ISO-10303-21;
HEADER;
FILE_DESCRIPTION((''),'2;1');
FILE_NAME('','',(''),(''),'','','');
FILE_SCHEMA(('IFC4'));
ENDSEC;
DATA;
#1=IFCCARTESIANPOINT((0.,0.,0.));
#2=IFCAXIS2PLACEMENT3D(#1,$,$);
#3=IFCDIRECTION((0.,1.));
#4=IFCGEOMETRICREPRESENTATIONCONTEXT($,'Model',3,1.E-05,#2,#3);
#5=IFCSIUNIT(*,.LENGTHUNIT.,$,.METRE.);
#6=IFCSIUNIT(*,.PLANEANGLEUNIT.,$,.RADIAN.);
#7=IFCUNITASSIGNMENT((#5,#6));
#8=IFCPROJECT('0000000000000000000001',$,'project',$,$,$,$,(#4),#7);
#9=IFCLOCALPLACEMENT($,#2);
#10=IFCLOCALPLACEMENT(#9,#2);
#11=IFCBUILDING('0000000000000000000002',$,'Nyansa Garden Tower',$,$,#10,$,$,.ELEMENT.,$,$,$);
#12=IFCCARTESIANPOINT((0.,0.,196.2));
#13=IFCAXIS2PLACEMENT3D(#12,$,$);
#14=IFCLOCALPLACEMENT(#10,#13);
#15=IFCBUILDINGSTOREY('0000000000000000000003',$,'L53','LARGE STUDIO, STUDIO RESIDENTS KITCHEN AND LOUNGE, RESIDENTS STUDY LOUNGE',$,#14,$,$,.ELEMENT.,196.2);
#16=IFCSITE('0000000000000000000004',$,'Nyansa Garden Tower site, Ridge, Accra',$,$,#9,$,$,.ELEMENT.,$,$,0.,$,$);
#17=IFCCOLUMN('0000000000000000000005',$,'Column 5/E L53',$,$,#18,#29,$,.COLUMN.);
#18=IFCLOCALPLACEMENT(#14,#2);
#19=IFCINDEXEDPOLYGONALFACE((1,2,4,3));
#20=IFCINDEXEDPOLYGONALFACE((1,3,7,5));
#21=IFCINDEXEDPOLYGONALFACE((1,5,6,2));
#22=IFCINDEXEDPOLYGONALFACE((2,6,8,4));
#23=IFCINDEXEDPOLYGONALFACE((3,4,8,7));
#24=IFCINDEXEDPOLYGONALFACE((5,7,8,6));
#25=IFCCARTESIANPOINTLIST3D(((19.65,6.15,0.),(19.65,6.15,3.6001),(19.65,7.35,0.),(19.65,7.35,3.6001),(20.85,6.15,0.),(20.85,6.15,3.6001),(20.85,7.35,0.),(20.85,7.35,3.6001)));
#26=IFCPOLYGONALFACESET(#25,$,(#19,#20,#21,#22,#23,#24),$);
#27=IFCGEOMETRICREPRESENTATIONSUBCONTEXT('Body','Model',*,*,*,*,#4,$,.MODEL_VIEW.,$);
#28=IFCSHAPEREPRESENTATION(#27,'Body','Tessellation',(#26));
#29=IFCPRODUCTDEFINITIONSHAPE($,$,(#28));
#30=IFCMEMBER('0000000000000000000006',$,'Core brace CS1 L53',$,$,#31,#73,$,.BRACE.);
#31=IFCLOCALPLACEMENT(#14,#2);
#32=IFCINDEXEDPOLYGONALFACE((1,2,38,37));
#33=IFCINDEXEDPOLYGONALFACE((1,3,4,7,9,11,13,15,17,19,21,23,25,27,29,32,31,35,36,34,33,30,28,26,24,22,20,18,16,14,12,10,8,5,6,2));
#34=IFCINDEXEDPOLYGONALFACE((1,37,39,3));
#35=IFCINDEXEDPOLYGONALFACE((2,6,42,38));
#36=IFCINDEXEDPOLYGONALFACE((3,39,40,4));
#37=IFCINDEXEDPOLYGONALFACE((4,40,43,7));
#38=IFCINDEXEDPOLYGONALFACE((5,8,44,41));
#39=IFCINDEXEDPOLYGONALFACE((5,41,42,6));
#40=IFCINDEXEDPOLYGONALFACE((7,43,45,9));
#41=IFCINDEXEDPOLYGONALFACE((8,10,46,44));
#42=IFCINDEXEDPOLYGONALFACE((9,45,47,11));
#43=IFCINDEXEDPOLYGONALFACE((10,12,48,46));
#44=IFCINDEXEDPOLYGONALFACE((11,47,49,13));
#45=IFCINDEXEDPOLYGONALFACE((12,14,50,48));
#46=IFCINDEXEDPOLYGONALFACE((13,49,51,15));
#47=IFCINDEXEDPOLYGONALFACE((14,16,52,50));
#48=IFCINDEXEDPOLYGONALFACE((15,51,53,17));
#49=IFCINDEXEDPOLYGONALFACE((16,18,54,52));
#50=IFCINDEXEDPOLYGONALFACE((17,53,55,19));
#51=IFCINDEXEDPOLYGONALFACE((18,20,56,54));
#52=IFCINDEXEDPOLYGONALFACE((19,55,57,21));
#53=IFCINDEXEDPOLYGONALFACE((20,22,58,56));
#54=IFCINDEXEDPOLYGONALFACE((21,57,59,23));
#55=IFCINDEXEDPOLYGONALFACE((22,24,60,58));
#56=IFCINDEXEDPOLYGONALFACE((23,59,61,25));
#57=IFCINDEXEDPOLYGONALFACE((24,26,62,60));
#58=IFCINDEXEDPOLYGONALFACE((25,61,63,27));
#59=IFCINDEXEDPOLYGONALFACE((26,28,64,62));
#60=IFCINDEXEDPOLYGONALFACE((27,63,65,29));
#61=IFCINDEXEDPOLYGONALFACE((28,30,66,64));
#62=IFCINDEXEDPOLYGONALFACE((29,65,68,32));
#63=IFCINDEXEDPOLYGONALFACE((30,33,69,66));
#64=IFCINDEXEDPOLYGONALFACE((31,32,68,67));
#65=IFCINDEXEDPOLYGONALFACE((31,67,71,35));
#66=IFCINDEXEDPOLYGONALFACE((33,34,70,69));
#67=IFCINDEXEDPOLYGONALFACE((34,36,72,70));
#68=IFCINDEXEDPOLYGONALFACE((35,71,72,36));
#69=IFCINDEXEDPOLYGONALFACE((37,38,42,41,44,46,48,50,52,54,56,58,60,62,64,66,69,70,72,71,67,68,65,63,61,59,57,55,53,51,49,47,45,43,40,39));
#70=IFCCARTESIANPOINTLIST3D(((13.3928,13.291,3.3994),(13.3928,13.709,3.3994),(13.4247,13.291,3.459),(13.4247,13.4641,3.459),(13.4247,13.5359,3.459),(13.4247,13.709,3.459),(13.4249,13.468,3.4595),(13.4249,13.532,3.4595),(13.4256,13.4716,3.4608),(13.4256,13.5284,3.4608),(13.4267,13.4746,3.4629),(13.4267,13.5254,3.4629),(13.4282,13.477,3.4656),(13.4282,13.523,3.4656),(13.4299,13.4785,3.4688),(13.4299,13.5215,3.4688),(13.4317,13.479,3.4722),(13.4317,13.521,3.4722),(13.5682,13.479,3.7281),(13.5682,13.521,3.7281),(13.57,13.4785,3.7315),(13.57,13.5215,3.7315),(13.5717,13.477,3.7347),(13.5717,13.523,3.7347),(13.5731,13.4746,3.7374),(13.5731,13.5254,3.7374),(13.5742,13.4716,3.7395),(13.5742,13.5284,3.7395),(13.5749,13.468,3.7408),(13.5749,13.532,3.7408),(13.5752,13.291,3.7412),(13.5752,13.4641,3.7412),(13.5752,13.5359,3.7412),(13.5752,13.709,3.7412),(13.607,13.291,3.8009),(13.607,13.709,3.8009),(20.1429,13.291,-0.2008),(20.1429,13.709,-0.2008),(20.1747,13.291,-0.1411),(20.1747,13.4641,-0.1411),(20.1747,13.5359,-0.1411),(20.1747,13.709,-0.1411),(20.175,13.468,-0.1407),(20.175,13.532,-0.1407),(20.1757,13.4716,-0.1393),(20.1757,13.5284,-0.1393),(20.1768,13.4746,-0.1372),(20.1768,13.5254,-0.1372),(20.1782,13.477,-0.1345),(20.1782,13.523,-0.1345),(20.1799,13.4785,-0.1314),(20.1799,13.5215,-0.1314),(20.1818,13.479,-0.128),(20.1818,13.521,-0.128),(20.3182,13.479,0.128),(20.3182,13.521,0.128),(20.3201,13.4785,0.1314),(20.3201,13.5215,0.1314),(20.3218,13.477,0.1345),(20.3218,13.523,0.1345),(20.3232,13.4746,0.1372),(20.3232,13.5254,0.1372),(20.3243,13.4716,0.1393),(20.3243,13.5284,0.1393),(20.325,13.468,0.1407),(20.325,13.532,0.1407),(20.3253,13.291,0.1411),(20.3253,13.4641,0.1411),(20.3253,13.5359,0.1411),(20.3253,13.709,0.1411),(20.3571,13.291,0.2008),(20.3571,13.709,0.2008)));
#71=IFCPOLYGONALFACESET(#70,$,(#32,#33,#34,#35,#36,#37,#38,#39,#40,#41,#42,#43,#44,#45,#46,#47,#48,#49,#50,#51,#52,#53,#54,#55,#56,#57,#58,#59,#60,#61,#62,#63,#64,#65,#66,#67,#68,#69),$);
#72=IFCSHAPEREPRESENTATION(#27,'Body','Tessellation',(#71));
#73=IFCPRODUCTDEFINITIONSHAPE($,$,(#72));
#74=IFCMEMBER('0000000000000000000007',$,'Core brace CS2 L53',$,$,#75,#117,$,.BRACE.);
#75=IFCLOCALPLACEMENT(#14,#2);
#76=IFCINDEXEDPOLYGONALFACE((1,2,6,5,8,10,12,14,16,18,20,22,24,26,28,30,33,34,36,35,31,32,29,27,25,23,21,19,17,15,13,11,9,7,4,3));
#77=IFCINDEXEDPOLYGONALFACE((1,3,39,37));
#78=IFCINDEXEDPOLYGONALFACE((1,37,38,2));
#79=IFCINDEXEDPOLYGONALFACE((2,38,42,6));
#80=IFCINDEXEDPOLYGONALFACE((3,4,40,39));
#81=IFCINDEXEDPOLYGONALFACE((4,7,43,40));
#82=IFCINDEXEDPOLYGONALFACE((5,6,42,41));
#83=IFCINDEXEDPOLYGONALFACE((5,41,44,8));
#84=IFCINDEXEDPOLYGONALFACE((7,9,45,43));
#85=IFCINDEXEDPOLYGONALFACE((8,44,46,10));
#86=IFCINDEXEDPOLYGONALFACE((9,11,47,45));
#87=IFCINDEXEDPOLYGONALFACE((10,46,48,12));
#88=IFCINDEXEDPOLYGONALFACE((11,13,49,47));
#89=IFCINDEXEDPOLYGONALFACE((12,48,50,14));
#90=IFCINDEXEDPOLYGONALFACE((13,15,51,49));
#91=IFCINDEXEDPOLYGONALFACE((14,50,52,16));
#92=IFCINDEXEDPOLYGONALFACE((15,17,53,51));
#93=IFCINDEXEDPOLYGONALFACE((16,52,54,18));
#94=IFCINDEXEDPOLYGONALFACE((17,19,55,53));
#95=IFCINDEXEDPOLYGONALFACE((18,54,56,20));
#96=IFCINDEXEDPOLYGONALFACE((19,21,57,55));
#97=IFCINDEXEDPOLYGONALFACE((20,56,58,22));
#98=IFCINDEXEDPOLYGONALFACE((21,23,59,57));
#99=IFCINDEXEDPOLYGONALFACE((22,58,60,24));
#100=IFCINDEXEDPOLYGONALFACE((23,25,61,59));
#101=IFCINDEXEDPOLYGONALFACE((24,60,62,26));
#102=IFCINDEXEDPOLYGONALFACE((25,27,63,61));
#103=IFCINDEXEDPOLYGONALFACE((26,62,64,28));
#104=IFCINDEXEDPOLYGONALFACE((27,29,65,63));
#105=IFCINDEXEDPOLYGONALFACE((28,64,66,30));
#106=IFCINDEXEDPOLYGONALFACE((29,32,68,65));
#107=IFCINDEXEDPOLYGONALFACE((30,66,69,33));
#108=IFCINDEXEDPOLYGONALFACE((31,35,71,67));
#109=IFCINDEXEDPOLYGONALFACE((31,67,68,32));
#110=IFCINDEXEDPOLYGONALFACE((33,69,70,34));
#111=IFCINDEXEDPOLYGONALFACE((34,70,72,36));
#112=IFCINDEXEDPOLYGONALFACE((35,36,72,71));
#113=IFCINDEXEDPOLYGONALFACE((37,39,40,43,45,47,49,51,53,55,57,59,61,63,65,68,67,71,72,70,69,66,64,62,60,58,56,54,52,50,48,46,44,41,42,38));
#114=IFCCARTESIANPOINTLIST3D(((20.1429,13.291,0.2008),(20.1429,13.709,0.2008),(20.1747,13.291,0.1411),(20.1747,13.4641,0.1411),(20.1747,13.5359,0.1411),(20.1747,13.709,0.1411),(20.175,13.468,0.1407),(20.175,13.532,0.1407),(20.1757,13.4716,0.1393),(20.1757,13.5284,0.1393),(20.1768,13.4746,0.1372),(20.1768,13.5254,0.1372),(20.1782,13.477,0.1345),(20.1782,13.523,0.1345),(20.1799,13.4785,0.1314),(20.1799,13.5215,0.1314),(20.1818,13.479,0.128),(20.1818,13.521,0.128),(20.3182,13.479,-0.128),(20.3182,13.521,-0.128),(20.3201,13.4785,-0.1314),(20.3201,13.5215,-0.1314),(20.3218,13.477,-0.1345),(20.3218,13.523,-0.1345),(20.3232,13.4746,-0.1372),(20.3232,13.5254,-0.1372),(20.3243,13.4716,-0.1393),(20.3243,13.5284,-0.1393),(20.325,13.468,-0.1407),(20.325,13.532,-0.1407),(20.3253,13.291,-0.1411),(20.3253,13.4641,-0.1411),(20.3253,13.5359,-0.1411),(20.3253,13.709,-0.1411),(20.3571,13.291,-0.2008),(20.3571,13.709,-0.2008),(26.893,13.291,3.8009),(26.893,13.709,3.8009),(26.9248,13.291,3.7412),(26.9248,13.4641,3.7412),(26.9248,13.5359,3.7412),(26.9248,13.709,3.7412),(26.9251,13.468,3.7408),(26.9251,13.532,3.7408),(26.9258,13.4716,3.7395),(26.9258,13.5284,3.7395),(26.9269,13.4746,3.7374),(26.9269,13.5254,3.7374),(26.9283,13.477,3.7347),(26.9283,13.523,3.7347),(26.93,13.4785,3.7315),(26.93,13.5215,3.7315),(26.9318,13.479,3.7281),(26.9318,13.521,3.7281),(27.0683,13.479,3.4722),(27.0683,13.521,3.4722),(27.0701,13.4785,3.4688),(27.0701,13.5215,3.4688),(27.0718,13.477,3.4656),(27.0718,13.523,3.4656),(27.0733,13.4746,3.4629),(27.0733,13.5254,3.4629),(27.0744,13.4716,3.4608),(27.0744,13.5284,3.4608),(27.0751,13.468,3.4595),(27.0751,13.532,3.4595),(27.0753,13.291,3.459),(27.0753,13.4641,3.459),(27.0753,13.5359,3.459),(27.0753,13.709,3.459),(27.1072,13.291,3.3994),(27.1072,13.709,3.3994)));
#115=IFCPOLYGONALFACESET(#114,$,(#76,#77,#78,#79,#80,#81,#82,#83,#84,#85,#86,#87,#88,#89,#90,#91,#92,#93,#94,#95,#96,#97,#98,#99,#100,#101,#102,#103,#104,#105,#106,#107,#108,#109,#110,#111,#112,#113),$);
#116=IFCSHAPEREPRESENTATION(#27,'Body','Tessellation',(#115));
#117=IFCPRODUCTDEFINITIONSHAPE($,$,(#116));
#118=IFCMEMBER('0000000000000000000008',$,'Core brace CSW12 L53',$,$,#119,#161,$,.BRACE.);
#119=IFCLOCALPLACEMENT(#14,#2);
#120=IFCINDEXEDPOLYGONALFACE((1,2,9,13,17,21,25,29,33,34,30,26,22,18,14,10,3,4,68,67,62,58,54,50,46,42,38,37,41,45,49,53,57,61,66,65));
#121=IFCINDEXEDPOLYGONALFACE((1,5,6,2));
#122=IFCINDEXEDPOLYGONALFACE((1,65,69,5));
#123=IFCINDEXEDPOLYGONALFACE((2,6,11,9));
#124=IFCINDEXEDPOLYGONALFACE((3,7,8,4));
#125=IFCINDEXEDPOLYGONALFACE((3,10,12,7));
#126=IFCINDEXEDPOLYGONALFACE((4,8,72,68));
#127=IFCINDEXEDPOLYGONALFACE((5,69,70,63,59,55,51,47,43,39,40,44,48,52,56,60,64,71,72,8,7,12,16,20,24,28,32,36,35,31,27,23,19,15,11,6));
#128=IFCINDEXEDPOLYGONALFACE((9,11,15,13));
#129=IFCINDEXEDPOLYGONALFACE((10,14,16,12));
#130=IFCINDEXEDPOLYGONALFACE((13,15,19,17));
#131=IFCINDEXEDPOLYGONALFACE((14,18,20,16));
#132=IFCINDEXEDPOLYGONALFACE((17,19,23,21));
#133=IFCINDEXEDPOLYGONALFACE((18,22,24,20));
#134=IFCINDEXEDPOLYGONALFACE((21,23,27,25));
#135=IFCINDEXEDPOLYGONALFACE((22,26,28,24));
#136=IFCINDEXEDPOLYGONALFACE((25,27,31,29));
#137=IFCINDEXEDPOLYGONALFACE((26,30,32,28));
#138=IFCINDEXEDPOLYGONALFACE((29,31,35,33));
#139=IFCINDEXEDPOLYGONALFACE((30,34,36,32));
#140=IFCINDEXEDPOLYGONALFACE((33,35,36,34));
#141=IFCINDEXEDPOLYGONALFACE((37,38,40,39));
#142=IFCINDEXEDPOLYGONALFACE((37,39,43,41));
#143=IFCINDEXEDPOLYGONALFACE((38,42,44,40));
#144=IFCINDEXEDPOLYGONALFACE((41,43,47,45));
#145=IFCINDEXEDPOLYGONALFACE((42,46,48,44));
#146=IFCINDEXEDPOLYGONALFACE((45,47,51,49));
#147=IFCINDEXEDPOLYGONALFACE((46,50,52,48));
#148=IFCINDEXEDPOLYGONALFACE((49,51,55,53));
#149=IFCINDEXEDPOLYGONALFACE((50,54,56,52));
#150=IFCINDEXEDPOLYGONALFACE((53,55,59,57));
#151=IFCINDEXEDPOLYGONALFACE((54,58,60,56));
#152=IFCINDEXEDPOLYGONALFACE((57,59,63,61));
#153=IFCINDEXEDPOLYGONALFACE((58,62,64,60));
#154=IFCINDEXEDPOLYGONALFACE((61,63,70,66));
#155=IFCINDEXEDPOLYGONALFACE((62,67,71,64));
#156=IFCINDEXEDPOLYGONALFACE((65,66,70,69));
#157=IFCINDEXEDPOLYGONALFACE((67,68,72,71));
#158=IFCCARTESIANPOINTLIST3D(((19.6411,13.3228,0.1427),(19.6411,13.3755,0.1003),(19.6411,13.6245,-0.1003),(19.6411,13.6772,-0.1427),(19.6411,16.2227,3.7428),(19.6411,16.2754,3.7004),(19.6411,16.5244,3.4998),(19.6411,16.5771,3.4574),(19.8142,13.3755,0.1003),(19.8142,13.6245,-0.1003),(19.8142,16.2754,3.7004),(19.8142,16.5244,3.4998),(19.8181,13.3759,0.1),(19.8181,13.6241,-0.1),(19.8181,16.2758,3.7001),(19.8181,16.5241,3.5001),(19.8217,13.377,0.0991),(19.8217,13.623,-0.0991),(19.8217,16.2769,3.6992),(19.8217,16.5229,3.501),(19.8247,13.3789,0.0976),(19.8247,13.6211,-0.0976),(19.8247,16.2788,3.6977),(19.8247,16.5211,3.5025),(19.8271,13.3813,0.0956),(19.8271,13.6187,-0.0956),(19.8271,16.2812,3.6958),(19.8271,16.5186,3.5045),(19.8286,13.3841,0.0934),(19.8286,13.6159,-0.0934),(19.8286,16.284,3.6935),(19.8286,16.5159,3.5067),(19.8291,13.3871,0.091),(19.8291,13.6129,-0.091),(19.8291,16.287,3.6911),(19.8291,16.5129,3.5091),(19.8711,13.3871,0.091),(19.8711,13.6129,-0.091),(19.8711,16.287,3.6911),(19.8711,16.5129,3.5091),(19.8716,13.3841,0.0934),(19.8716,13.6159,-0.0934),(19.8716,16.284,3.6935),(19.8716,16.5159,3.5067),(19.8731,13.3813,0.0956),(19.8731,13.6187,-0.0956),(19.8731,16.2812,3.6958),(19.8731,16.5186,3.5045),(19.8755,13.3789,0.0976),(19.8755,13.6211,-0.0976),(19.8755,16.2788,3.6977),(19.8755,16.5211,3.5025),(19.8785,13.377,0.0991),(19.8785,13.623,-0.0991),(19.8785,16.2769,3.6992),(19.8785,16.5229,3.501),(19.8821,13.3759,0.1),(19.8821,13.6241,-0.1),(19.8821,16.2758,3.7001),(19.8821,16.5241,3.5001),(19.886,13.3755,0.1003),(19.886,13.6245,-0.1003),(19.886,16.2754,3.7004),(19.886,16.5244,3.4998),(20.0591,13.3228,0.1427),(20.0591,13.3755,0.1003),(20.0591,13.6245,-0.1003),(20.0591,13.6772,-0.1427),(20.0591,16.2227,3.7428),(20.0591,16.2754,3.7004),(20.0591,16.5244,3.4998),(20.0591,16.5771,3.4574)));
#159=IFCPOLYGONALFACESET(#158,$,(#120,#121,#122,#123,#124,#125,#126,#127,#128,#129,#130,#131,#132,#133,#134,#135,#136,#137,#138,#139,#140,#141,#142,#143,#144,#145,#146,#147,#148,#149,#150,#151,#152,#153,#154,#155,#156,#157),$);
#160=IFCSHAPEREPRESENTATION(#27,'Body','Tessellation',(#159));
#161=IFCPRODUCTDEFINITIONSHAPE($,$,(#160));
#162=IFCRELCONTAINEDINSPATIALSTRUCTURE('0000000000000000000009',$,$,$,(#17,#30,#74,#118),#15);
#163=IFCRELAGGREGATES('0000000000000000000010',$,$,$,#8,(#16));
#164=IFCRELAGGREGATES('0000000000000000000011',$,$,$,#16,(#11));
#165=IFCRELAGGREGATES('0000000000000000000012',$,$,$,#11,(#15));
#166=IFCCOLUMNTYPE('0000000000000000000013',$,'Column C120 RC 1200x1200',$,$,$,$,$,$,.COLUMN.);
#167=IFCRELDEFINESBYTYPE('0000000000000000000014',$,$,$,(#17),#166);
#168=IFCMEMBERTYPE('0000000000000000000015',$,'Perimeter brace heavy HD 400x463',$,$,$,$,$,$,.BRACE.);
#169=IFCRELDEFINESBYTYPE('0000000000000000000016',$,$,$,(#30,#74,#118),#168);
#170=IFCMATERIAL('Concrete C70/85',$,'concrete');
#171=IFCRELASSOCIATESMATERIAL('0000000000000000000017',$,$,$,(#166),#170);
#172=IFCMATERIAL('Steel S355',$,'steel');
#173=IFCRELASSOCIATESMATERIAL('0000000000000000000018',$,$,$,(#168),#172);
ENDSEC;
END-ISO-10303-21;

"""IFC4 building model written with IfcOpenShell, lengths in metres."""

from ifc_helpers import new_model, si_unit, direction, frame, origin, origin_2d, place, context, subcontext, project, spatial, rectangle, i_section, extrude, material, material_profile, profile_set, type_object, element, save


model = new_model("IFC4")

# Units and contexts
model_context = context("Model", 3, precision=1e-05, world=origin(), true_north=direction((0.0, 1.0)))
body_context = subcontext(model_context, "Body", "Model", "MODEL_VIEW")
ifc_project = project(units=[si_unit("LENGTHUNIT", "METRE"), si_unit("PLANEANGLEUNIT", "RADIAN")], contexts=[model_context])

# Site, building, storey
site_placement = place(None, origin())
site = spatial("IfcSite", under=ifc_project, at=site_placement, Name="Nyansa Garden Tower site, Ridge, Accra", CompositionType="ELEMENT", RefElevation=0.0)
building_placement = place(site_placement, origin())
building = spatial("IfcBuilding", under=site, at=building_placement, Name="Nyansa Garden Tower", CompositionType="ELEMENT")
storey_placement = place(building_placement, frame((0.0, 0.0, 196.2)))
storey = spatial("IfcBuildingStorey", under=building, at=storey_placement, Name="L53", Description="LARGE STUDIO, STUDIO RESIDENTS KITCHEN AND LOUNGE, RESIDENTS STUDY LOUNGE", CompositionType="ELEMENT", Elevation=196.2)

# Column
ifc_material_1 = material(Name="Concrete C70/85", Category="concrete")
ifc_material_profile_1 = material_profile(ifc_material_1, rectangle(XDim=1.2, YDim=1.2, at=origin_2d()), Name="RC 1200x1200")
ifc_profile_set_1 = profile_set([ifc_material_profile_1], Name="Concrete C70/85")
column_type = type_object("IfcColumnType", Name="Column C120 RC 1200x1200", PredefinedType="COLUMN", material=ifc_profile_set_1)
column_placement = place(storey_placement, frame((20.25, 6.75, 0.0), z_axis=(0.0, 0.0, 1.0), x_axis=(1.0, 0.0, 0.0)))
element("IfcColumn", 1, at=column_placement, inside=storey, type_object=column_type, Name="Column 5/E L53", PredefinedType="COLUMN", context=body_context, shape_type="SweptSolid", body=[
    extrude(rectangle(XDim=1.2, YDim=1.2, at=origin_2d()), origin(), (0.0, 0.0, 1.0), 3.6001),
])

# Members
ifc_material_2 = material(Name="Steel S355", Category="steel")
ifc_material_profile_2 = material_profile(ifc_material_2, i_section(OverallWidth=0.418, OverallDepth=0.4551, WebThickness=0.042, FlangeThickness=0.0676, FilletRadius=0.0149, at=origin_2d()), Name="HD 400x463")
ifc_profile_set_2 = profile_set([ifc_material_profile_2], Name="Steel S355")
member_type = type_object("IfcMemberType", Name="Perimeter brace heavy HD 400x463", PredefinedType="BRACE", material=ifc_profile_set_2)
for number, where, z_axis, x_axis, name in (
    (2, (20.25, 13.5, 0.0), (-0.882348, 0.0, 0.470598), (0.0, -1.0, 0.0), "Core brace CS1 L53"),
    (3, (20.25, 13.5, 0.0), (0.882348, 0.0, 0.470598), (0.0, 1.0, 0.0), "Core brace CS2 L53"),
):
    element("IfcMember", number, at=place(storey_placement, frame(where, z_axis=z_axis, x_axis=x_axis)), inside=storey, type_object=member_type, Name=name, PredefinedType="BRACE", context=body_context, shape_type="SweptSolid", body=[
        extrude(i_section(OverallWidth=0.418, OverallDepth=0.4551, WebThickness=0.042, FlangeThickness=0.0676, FilletRadius=0.0149, at=origin_2d()), origin(), (0.0, 0.0, 1.0), 7.6501),
    ])
member_placement = place(storey_placement, frame((19.8501, 13.5, 0.0), z_axis=(0.0, 0.627306, 0.778773), x_axis=(-1.0, 0.0, 0.0)))
element("IfcMember", 4, at=member_placement, inside=storey, type_object=member_type, Name="Core brace CSW12 L53", PredefinedType="BRACE", context=body_context, shape_type="SweptSolid", body=[
    extrude(i_section(OverallWidth=0.418, OverallDepth=0.4551, WebThickness=0.042, FlangeThickness=0.0676, FilletRadius=0.0149, at=origin_2d()), origin(), (0.0, 0.0, 1.0), 4.6228),
])

save(model, "model.ifc")
